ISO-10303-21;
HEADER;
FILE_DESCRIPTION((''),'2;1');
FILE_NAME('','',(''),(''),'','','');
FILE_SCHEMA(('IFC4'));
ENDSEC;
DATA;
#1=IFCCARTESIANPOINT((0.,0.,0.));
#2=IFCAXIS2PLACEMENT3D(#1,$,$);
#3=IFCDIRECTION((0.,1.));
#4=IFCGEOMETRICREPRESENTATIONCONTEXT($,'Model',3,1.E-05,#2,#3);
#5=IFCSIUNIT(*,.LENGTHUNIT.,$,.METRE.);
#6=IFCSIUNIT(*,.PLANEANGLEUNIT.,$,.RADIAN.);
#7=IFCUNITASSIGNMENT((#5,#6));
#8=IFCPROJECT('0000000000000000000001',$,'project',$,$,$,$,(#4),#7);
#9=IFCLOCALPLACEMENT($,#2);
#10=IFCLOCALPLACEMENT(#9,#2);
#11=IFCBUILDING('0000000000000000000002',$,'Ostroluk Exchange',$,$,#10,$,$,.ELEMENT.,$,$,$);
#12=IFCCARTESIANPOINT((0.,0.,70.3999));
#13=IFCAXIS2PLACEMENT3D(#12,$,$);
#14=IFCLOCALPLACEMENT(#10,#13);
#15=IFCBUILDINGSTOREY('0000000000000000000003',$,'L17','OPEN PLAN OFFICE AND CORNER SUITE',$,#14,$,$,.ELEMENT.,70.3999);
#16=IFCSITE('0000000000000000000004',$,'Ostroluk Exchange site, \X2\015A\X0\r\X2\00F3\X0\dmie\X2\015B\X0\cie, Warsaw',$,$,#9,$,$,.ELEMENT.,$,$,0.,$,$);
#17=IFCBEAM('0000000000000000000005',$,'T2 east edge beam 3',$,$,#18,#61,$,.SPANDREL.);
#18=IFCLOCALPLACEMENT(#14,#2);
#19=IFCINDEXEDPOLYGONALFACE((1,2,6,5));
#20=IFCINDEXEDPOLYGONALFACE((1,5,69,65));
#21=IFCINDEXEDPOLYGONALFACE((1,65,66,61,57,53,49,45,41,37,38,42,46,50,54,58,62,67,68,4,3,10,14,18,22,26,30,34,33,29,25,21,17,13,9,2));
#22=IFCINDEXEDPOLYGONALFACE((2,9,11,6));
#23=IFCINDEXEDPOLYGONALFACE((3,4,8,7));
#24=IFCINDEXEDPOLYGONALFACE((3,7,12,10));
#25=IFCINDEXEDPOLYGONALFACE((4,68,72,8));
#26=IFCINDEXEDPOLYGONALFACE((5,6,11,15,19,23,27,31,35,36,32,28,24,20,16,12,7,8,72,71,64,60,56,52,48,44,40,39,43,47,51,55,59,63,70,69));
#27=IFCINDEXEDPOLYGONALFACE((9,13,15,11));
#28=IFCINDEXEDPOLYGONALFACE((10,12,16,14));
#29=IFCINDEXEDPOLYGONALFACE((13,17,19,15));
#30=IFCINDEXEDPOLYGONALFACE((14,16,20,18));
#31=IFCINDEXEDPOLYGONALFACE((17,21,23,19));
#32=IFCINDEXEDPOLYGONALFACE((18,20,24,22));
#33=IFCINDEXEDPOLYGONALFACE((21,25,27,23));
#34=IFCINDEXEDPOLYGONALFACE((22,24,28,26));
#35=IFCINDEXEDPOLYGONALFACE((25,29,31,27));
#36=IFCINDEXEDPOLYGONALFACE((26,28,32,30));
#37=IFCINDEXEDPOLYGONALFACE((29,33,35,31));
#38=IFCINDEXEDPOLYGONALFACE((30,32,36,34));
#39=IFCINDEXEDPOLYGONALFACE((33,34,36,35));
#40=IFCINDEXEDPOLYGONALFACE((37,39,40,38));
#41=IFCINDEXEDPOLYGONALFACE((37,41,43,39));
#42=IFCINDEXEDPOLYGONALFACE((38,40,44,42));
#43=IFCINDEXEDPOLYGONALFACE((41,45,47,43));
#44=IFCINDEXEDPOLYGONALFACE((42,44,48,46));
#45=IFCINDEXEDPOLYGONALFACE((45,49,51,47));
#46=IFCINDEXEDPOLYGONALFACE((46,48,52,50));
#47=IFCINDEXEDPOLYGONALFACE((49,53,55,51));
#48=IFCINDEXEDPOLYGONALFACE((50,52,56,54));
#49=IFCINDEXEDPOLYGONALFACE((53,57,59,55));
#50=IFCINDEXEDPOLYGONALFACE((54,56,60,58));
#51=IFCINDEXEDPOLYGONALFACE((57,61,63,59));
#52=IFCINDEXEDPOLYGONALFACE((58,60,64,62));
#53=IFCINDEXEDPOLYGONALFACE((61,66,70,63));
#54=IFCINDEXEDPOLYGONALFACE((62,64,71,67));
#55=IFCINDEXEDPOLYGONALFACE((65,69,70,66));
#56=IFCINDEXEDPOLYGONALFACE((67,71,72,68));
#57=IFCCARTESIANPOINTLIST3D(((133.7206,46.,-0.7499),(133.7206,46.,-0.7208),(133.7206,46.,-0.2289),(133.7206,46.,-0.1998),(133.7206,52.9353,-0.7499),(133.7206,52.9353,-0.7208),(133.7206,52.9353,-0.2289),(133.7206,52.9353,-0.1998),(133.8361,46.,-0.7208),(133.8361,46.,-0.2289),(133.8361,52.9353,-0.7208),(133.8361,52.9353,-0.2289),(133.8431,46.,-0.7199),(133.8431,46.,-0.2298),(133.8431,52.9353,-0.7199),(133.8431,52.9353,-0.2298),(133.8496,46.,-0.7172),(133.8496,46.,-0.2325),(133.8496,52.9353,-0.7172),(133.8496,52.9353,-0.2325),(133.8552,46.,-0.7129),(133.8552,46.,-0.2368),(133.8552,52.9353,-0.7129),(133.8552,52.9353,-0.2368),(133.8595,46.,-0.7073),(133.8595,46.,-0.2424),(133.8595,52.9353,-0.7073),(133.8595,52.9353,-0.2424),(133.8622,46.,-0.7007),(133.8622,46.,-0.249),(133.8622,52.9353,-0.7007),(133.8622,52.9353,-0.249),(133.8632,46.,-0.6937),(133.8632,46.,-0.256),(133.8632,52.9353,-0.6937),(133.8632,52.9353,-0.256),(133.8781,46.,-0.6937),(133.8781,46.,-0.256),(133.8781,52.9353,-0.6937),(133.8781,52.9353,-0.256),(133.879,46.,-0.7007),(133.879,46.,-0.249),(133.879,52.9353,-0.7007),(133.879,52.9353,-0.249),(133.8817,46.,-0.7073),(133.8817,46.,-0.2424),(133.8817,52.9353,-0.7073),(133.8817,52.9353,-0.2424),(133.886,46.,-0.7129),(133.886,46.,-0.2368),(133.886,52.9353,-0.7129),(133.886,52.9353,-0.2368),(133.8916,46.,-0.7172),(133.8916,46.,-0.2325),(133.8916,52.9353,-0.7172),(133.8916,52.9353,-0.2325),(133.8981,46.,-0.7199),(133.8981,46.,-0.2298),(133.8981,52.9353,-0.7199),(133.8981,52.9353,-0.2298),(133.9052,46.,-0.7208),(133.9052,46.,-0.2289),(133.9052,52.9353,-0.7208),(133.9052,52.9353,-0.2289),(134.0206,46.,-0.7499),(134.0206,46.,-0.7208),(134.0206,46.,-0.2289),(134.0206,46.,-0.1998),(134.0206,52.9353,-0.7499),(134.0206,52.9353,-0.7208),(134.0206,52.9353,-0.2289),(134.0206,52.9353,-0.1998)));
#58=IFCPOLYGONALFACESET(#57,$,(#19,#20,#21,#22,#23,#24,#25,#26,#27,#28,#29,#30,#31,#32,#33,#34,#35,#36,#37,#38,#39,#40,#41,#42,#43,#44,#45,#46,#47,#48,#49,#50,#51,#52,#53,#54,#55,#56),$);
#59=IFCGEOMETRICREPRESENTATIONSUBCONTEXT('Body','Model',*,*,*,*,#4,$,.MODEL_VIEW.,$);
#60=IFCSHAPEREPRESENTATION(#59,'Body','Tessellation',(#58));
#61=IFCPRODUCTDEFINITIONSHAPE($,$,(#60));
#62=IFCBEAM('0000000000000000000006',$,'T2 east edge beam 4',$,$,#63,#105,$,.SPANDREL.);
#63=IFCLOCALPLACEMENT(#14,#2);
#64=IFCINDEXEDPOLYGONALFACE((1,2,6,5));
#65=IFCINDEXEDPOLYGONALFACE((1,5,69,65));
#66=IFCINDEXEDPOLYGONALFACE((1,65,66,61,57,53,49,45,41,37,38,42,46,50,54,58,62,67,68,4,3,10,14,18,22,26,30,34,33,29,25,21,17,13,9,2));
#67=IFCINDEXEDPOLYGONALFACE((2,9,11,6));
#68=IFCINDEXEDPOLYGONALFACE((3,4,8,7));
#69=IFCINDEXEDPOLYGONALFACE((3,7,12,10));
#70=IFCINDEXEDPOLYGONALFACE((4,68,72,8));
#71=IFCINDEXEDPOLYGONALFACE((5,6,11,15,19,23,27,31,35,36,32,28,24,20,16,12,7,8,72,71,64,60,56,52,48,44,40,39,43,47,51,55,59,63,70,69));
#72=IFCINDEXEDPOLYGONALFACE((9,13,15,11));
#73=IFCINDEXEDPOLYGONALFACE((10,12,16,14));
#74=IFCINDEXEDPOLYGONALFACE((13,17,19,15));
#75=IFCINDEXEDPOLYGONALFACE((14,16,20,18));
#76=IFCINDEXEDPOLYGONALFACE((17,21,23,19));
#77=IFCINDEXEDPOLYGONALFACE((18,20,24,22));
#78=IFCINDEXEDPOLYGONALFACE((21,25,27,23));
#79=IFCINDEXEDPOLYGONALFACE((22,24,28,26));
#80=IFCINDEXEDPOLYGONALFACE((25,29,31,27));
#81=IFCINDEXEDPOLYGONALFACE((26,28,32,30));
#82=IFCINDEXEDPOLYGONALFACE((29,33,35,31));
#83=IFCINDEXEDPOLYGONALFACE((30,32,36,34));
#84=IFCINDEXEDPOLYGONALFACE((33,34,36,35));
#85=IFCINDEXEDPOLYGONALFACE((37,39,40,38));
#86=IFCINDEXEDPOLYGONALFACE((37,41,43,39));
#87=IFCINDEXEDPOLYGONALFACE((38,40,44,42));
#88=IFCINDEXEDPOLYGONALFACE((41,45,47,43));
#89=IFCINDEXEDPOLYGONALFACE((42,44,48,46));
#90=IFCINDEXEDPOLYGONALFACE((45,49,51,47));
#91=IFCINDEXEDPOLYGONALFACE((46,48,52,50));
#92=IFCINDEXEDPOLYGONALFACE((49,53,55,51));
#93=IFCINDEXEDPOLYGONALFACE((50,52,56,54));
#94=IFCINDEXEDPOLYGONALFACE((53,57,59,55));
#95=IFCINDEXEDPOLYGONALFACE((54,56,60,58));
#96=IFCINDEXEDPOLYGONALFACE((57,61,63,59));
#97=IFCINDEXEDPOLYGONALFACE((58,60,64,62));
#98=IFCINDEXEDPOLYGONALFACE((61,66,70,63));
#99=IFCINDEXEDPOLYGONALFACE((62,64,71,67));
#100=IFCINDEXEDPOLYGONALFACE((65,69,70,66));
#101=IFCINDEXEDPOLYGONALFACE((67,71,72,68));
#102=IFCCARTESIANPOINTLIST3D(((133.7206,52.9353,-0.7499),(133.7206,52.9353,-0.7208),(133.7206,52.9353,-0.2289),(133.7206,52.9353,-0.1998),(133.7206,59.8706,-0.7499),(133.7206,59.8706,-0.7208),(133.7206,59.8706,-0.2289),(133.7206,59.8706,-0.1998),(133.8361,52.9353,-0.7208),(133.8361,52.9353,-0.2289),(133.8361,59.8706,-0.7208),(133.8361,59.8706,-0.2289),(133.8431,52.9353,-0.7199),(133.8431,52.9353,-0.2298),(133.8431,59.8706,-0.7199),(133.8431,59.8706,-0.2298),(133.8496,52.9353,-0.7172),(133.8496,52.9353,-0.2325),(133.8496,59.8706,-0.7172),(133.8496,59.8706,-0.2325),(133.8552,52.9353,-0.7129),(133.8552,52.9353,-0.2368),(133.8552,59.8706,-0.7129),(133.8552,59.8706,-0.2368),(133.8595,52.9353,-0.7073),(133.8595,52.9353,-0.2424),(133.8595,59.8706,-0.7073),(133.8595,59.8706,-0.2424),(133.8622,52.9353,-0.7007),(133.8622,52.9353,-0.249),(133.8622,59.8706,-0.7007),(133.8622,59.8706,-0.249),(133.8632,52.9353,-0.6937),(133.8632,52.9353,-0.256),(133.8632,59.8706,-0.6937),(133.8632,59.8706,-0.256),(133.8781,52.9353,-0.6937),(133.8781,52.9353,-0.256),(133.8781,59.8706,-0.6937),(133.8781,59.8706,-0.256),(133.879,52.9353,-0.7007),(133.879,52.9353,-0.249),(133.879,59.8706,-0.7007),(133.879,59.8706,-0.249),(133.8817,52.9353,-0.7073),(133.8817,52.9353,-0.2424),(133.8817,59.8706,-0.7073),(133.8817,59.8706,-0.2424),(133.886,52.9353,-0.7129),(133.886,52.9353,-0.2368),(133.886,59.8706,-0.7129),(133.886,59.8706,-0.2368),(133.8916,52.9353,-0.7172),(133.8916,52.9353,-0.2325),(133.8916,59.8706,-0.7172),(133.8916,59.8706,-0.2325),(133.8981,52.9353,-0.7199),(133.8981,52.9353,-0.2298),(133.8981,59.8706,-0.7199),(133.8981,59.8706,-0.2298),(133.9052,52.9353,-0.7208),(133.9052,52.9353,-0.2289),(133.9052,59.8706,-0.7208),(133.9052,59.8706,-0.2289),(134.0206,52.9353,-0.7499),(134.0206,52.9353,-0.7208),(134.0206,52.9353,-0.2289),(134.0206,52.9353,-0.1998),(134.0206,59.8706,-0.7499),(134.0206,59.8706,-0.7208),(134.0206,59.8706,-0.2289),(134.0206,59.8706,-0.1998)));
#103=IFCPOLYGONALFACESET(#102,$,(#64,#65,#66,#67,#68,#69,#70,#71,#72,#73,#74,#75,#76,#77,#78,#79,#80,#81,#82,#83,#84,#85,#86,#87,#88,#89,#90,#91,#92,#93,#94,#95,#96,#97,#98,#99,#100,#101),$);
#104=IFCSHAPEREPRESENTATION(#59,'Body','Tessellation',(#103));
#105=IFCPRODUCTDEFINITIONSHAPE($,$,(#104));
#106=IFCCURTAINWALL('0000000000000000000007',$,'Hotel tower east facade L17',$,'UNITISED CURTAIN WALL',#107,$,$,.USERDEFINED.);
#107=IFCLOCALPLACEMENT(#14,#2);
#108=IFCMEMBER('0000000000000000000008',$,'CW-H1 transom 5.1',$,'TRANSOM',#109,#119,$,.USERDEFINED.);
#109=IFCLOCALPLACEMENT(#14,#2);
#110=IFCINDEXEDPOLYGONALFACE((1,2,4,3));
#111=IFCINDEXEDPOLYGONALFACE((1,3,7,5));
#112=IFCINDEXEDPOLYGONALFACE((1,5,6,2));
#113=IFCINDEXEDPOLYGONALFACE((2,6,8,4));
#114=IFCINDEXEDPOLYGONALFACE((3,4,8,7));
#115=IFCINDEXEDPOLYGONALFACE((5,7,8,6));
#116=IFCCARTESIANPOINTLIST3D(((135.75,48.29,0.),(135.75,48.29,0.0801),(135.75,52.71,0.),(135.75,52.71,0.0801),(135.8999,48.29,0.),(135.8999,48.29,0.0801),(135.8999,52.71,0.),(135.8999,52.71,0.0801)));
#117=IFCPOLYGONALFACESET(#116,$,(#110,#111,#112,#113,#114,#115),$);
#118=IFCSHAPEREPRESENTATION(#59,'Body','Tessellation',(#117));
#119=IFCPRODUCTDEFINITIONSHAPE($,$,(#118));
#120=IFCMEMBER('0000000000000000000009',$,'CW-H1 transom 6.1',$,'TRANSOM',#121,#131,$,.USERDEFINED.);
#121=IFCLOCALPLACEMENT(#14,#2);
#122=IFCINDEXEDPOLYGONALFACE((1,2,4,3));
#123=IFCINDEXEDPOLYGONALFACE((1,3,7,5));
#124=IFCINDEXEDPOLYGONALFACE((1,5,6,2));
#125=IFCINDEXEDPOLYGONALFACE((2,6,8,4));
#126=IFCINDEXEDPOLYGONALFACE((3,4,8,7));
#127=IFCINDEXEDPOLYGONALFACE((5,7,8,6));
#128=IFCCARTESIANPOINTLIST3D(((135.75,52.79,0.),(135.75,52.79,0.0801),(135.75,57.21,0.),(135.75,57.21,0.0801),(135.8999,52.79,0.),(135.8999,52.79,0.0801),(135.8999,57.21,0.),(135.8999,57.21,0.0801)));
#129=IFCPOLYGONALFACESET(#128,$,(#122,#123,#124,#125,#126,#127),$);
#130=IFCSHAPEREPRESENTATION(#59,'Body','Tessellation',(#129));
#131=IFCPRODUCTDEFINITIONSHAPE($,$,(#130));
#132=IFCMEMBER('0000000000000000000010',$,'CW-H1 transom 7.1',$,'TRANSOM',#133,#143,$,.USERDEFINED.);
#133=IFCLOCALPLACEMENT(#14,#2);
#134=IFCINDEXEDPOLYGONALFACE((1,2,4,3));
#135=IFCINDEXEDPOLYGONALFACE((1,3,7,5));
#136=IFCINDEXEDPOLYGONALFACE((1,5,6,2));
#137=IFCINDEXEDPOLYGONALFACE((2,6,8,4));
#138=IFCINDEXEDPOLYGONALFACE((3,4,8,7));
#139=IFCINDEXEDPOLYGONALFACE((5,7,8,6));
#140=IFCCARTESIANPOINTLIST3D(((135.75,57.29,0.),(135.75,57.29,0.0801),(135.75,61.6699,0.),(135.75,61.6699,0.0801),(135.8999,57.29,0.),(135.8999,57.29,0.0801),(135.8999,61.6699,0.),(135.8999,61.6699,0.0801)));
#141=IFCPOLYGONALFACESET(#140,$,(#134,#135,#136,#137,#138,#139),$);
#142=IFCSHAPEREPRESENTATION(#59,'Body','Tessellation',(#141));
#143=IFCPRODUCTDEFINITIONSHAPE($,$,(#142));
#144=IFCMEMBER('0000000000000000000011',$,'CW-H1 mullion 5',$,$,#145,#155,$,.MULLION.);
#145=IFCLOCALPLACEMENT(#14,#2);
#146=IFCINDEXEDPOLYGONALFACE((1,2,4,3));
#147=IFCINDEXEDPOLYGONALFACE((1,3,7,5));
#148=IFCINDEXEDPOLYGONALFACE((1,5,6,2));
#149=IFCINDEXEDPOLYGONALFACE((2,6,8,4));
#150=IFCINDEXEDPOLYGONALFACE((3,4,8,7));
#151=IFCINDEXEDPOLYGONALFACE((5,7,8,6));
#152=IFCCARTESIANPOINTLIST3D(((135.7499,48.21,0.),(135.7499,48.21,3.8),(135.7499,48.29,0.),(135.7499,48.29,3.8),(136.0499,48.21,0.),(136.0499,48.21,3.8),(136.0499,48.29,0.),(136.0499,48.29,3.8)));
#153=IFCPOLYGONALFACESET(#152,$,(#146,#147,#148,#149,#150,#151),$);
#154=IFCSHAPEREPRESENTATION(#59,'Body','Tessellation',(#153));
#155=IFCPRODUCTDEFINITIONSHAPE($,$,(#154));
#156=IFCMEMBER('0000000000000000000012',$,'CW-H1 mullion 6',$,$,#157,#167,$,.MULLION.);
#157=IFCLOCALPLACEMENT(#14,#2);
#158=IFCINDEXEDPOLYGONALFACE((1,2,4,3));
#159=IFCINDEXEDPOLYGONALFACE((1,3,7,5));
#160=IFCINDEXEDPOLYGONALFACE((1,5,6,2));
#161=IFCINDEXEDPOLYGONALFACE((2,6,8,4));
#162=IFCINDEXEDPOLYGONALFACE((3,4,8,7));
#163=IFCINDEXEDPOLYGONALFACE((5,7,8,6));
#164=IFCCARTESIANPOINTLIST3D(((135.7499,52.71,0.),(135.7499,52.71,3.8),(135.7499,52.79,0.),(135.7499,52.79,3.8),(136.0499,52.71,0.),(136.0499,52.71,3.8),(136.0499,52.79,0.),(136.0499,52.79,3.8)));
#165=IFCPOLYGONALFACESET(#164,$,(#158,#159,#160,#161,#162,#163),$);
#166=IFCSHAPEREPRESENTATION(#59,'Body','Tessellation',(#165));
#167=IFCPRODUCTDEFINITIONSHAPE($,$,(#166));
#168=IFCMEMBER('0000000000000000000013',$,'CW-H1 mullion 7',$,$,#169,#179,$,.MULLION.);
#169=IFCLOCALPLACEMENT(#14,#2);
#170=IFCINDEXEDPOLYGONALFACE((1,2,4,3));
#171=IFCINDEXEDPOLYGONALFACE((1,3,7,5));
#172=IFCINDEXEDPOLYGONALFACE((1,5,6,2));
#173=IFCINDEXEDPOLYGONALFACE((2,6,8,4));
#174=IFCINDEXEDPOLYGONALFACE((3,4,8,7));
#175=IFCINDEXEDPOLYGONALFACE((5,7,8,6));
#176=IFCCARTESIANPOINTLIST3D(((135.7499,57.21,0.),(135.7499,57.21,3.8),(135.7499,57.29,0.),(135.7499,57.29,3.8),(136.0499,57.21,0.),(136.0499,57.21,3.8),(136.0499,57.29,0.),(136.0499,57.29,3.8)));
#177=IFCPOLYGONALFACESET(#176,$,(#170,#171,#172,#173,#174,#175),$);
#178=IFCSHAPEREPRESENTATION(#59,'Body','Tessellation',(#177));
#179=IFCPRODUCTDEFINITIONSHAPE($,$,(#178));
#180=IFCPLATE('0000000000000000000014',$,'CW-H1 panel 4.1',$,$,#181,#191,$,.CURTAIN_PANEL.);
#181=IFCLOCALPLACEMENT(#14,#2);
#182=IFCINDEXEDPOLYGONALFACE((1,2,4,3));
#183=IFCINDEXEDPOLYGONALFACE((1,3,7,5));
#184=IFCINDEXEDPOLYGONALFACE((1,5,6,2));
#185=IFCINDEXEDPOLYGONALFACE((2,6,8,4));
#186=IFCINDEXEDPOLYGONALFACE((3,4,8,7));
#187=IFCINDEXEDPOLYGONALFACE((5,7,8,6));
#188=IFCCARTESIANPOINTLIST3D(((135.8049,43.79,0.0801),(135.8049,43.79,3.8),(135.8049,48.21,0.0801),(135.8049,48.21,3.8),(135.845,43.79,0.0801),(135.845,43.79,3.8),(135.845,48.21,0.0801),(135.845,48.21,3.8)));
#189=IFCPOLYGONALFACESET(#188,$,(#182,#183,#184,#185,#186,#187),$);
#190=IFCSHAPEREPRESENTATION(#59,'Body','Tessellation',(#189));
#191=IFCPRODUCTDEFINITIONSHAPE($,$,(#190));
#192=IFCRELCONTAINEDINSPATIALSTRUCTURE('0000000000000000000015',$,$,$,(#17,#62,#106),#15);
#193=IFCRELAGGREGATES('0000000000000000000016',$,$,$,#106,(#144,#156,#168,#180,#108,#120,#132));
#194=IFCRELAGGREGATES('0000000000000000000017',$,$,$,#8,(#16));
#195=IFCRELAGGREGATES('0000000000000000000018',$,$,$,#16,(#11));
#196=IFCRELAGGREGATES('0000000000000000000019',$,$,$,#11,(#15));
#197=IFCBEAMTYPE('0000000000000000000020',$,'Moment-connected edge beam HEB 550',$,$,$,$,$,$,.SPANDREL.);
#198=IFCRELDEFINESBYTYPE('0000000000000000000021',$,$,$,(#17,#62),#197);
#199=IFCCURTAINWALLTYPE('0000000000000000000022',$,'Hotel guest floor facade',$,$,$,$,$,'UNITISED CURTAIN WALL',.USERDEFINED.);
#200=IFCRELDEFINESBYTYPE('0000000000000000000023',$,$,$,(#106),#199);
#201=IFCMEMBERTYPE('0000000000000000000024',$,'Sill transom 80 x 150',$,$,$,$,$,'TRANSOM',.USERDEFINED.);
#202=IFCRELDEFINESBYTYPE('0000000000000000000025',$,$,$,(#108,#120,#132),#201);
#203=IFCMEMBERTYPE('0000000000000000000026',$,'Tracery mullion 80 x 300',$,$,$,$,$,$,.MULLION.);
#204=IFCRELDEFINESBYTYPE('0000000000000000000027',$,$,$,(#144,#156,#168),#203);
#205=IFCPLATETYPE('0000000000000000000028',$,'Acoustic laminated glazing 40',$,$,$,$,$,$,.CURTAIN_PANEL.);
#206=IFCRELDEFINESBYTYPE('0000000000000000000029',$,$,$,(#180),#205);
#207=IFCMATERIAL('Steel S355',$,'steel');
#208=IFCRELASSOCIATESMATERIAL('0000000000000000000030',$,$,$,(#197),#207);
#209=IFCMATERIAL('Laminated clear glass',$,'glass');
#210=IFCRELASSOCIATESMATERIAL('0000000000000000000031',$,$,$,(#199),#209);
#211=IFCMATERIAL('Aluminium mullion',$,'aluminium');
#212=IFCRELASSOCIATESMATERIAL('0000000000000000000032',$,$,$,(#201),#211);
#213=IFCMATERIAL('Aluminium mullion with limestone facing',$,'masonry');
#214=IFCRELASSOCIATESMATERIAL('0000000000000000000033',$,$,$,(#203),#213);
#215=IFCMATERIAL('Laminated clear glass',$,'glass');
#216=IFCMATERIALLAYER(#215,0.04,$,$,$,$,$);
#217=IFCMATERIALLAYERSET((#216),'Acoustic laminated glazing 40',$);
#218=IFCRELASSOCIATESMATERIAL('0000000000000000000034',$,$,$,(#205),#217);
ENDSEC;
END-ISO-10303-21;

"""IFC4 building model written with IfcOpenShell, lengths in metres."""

from ifc_helpers import new_model, si_unit, direction, frame, origin, origin_2d, place, context, subcontext, project, spatial, rectangle, i_section, extrude, material, layer, layer_set, material_profile, profile_set, type_object, element, aggregate, save


model = new_model("IFC4")

# Units and contexts
model_context = context("Model", 3, precision=1e-05, world=origin(), true_north=direction((0.0, 1.0)))
body_context = subcontext(model_context, "Body", "Model", "MODEL_VIEW")
ifc_project = project(units=[si_unit("LENGTHUNIT", "METRE"), si_unit("PLANEANGLEUNIT", "RADIAN")], contexts=[model_context])

# Site, building, storey
site_placement = place(None, origin())
site = spatial("IfcSite", under=ifc_project, at=site_placement, Name="Ostroluk Exchange site, Śródmieście, Warsaw", CompositionType="ELEMENT", RefElevation=0.0)
building_placement = place(site_placement, origin())
building = spatial("IfcBuilding", under=site, at=building_placement, Name="Ostroluk Exchange", CompositionType="ELEMENT")
storey_placement = place(building_placement, frame((0.0, 0.0, 70.3999)))
storey = spatial("IfcBuildingStorey", under=building, at=storey_placement, Name="L17", Description="OPEN PLAN OFFICE AND CORNER SUITE", CompositionType="ELEMENT", Elevation=70.3999)

# Beams
ifc_material_1 = material(Name="Steel S355", Category="steel")
ifc_material_profile_1 = material_profile(ifc_material_1, i_section(OverallWidth=0.3, OverallDepth=0.55, WebThickness=0.0149, FlangeThickness=0.0291, FilletRadius=0.0271, at=origin_2d()), Name="HEB 550")
ifc_profile_set_1 = profile_set([ifc_material_profile_1], Name="Steel S355")
beam_type = type_object("IfcBeamType", Name="Moment-connected edge beam HEB 550", PredefinedType="SPANDREL", material=ifc_profile_set_1)
for number, where, z_axis, x_axis, name in (
    (1, (133.8706, 46.0, -0.4749), (0.0, 1.0, 0.0), (-1.0, 0.0, 0.0), "T2 east edge beam 3"),
    (2, (133.8706, 52.9353, -0.4749), (0.0, 1.0, 0.0), (-1.0, 0.0, 0.0), "T2 east edge beam 4"),
):
    element("IfcBeam", number, at=place(storey_placement, frame(where, z_axis=z_axis, x_axis=x_axis)), inside=storey, type_object=beam_type, Name=name, PredefinedType="SPANDREL", context=body_context, shape_type="SweptSolid", body=[
        extrude(i_section(OverallWidth=0.3, OverallDepth=0.55, WebThickness=0.0149, FlangeThickness=0.0291, FilletRadius=0.0271, at=origin_2d()), origin(), (0.0, 0.0, 1.0), 6.9353),
    ])

# Curtain wall, members, plate
ifc_material_2 = material(Name="Laminated clear glass", Category="glass")
curtain_wall_type = type_object("IfcCurtainWallType", Name="Hotel guest floor facade", ElementType="UNITISED CURTAIN WALL", PredefinedType="USERDEFINED", material=ifc_material_2)
curtain_wall_placement = place(storey_placement, origin())
curtain_wall = element("IfcCurtainWall", 3, at=curtain_wall_placement, inside=storey, type_object=curtain_wall_type, Name="Hotel tower east facade L17", ObjectType="UNITISED CURTAIN WALL", PredefinedType="USERDEFINED")
ifc_material_3 = material(Name="Aluminium mullion", Category="aluminium")
ifc_material_profile_2 = material_profile(ifc_material_3, rectangle(XDim=0.1499, YDim=0.0801, at=origin_2d()), Name="Sill transom 80 x 150")
ifc_profile_set_2 = profile_set([ifc_material_profile_2], Name="Aluminium mullion")
member_type_1 = type_object("IfcMemberType", Name="Sill transom 80 x 150", ElementType="TRANSOM", PredefinedType="USERDEFINED", material=ifc_profile_set_2)
member_1_placement = place(storey_placement, frame((135.825, 48.29, 0.04), z_axis=(0.0, 1.0, 0.0), x_axis=(-1.0, 0.0, 0.0)))
member_1 = element("IfcMember", 4, at=member_1_placement, type_object=member_type_1, Name="CW-H1 transom 5.1", ObjectType="TRANSOM", PredefinedType="USERDEFINED", context=body_context, shape_type="SweptSolid", body=[
    extrude(rectangle(XDim=0.1499, YDim=0.0801, at=origin_2d()), origin(), (0.0, 0.0, 1.0), 4.4199),
])
member_2_placement = place(storey_placement, frame((135.825, 52.79, 0.04), z_axis=(0.0, 1.0, 0.0), x_axis=(-1.0, 0.0, 0.0)))
member_2 = element("IfcMember", 5, at=member_2_placement, type_object=member_type_1, Name="CW-H1 transom 6.1", ObjectType="TRANSOM", PredefinedType="USERDEFINED", context=body_context, shape_type="SweptSolid", body=[
    extrude(rectangle(XDim=0.1499, YDim=0.0801, at=origin_2d()), origin(), (0.0, 0.0, 1.0), 4.4199),
])
member_3_placement = place(storey_placement, frame((135.825, 57.29, 0.04), z_axis=(0.0, 1.0, 0.0), x_axis=(-1.0, 0.0, 0.0)))
member_3 = element("IfcMember", 6, at=member_3_placement, type_object=member_type_1, Name="CW-H1 transom 7.1", ObjectType="TRANSOM", PredefinedType="USERDEFINED", context=body_context, shape_type="SweptSolid", body=[
    extrude(rectangle(XDim=0.1499, YDim=0.0801, at=origin_2d()), origin(), (0.0, 0.0, 1.0), 4.3799),
])
ifc_material_4 = material(Name="Aluminium mullion with limestone facing", Category="masonry")
ifc_material_profile_3 = material_profile(ifc_material_4, rectangle(XDim=0.3, YDim=0.0801, at=origin_2d()), Name="Tracery mullion 80 x 300")
ifc_profile_set_3 = profile_set([ifc_material_profile_3], Name="Aluminium mullion with limestone facing")
member_type_2 = type_object("IfcMemberType", Name="Tracery mullion 80 x 300", PredefinedType="MULLION", material=ifc_profile_set_3)
member_4_placement = place(storey_placement, frame((135.8999, 48.25, 0.0), z_axis=(0.0, 0.0, 1.0), x_axis=(-1.0, 0.0, 0.0)))
member_4 = element("IfcMember", 7, at=member_4_placement, type_object=member_type_2, Name="CW-H1 mullion 5", PredefinedType="MULLION", context=body_context, shape_type="SweptSolid", body=[
    extrude(rectangle(XDim=0.3, YDim=0.0801, at=origin_2d()), origin(), (0.0, 0.0, 1.0), 3.8),
])
member_5_placement = place(storey_placement, frame((135.8999, 52.75, 0.0), z_axis=(0.0, 0.0, 1.0), x_axis=(-1.0, 0.0, 0.0)))
member_5 = element("IfcMember", 8, at=member_5_placement, type_object=member_type_2, Name="CW-H1 mullion 6", PredefinedType="MULLION", context=body_context, shape_type="SweptSolid", body=[
    extrude(rectangle(XDim=0.3, YDim=0.0801, at=origin_2d()), origin(), (0.0, 0.0, 1.0), 3.8),
])
member_6_placement = place(storey_placement, frame((135.8999, 57.25, 0.0), z_axis=(0.0, 0.0, 1.0), x_axis=(-1.0, 0.0, 0.0)))
member_6 = element("IfcMember", 9, at=member_6_placement, type_object=member_type_2, Name="CW-H1 mullion 7", PredefinedType="MULLION", context=body_context, shape_type="SweptSolid", body=[
    extrude(rectangle(XDim=0.3, YDim=0.0801, at=origin_2d()), origin(), (0.0, 0.0, 1.0), 3.8),
])
ifc_material_5 = material(Name="Laminated clear glass", Category="glass")
ifc_layer_1 = layer(ifc_material_5, 0.04)
ifc_layer_set_1 = layer_set([ifc_layer_1], Name="Acoustic laminated glazing 40")
plate_type = type_object("IfcPlateType", Name="Acoustic laminated glazing 40", PredefinedType="CURTAIN_PANEL", material=ifc_layer_set_1)
plate_1_placement = place(storey_placement, frame((135.825, 46.0, 0.0801), z_axis=(0.0, 0.0, 1.0), x_axis=(0.0, 1.0, 0.0)))
plate_1 = element("IfcPlate", 10, at=plate_1_placement, type_object=plate_type, Name="CW-H1 panel 4.1", PredefinedType="CURTAIN_PANEL", context=body_context, shape_type="SweptSolid", body=[
    extrude(rectangle(XDim=4.4199, YDim=0.04, at=origin_2d()), origin(), (0.0, 0.0, 1.0), 3.72),
])
aggregate(curtain_wall, [member_4, member_5, member_6, plate_1, member_1, member_2, member_3])

save(model, "model.ifc")
